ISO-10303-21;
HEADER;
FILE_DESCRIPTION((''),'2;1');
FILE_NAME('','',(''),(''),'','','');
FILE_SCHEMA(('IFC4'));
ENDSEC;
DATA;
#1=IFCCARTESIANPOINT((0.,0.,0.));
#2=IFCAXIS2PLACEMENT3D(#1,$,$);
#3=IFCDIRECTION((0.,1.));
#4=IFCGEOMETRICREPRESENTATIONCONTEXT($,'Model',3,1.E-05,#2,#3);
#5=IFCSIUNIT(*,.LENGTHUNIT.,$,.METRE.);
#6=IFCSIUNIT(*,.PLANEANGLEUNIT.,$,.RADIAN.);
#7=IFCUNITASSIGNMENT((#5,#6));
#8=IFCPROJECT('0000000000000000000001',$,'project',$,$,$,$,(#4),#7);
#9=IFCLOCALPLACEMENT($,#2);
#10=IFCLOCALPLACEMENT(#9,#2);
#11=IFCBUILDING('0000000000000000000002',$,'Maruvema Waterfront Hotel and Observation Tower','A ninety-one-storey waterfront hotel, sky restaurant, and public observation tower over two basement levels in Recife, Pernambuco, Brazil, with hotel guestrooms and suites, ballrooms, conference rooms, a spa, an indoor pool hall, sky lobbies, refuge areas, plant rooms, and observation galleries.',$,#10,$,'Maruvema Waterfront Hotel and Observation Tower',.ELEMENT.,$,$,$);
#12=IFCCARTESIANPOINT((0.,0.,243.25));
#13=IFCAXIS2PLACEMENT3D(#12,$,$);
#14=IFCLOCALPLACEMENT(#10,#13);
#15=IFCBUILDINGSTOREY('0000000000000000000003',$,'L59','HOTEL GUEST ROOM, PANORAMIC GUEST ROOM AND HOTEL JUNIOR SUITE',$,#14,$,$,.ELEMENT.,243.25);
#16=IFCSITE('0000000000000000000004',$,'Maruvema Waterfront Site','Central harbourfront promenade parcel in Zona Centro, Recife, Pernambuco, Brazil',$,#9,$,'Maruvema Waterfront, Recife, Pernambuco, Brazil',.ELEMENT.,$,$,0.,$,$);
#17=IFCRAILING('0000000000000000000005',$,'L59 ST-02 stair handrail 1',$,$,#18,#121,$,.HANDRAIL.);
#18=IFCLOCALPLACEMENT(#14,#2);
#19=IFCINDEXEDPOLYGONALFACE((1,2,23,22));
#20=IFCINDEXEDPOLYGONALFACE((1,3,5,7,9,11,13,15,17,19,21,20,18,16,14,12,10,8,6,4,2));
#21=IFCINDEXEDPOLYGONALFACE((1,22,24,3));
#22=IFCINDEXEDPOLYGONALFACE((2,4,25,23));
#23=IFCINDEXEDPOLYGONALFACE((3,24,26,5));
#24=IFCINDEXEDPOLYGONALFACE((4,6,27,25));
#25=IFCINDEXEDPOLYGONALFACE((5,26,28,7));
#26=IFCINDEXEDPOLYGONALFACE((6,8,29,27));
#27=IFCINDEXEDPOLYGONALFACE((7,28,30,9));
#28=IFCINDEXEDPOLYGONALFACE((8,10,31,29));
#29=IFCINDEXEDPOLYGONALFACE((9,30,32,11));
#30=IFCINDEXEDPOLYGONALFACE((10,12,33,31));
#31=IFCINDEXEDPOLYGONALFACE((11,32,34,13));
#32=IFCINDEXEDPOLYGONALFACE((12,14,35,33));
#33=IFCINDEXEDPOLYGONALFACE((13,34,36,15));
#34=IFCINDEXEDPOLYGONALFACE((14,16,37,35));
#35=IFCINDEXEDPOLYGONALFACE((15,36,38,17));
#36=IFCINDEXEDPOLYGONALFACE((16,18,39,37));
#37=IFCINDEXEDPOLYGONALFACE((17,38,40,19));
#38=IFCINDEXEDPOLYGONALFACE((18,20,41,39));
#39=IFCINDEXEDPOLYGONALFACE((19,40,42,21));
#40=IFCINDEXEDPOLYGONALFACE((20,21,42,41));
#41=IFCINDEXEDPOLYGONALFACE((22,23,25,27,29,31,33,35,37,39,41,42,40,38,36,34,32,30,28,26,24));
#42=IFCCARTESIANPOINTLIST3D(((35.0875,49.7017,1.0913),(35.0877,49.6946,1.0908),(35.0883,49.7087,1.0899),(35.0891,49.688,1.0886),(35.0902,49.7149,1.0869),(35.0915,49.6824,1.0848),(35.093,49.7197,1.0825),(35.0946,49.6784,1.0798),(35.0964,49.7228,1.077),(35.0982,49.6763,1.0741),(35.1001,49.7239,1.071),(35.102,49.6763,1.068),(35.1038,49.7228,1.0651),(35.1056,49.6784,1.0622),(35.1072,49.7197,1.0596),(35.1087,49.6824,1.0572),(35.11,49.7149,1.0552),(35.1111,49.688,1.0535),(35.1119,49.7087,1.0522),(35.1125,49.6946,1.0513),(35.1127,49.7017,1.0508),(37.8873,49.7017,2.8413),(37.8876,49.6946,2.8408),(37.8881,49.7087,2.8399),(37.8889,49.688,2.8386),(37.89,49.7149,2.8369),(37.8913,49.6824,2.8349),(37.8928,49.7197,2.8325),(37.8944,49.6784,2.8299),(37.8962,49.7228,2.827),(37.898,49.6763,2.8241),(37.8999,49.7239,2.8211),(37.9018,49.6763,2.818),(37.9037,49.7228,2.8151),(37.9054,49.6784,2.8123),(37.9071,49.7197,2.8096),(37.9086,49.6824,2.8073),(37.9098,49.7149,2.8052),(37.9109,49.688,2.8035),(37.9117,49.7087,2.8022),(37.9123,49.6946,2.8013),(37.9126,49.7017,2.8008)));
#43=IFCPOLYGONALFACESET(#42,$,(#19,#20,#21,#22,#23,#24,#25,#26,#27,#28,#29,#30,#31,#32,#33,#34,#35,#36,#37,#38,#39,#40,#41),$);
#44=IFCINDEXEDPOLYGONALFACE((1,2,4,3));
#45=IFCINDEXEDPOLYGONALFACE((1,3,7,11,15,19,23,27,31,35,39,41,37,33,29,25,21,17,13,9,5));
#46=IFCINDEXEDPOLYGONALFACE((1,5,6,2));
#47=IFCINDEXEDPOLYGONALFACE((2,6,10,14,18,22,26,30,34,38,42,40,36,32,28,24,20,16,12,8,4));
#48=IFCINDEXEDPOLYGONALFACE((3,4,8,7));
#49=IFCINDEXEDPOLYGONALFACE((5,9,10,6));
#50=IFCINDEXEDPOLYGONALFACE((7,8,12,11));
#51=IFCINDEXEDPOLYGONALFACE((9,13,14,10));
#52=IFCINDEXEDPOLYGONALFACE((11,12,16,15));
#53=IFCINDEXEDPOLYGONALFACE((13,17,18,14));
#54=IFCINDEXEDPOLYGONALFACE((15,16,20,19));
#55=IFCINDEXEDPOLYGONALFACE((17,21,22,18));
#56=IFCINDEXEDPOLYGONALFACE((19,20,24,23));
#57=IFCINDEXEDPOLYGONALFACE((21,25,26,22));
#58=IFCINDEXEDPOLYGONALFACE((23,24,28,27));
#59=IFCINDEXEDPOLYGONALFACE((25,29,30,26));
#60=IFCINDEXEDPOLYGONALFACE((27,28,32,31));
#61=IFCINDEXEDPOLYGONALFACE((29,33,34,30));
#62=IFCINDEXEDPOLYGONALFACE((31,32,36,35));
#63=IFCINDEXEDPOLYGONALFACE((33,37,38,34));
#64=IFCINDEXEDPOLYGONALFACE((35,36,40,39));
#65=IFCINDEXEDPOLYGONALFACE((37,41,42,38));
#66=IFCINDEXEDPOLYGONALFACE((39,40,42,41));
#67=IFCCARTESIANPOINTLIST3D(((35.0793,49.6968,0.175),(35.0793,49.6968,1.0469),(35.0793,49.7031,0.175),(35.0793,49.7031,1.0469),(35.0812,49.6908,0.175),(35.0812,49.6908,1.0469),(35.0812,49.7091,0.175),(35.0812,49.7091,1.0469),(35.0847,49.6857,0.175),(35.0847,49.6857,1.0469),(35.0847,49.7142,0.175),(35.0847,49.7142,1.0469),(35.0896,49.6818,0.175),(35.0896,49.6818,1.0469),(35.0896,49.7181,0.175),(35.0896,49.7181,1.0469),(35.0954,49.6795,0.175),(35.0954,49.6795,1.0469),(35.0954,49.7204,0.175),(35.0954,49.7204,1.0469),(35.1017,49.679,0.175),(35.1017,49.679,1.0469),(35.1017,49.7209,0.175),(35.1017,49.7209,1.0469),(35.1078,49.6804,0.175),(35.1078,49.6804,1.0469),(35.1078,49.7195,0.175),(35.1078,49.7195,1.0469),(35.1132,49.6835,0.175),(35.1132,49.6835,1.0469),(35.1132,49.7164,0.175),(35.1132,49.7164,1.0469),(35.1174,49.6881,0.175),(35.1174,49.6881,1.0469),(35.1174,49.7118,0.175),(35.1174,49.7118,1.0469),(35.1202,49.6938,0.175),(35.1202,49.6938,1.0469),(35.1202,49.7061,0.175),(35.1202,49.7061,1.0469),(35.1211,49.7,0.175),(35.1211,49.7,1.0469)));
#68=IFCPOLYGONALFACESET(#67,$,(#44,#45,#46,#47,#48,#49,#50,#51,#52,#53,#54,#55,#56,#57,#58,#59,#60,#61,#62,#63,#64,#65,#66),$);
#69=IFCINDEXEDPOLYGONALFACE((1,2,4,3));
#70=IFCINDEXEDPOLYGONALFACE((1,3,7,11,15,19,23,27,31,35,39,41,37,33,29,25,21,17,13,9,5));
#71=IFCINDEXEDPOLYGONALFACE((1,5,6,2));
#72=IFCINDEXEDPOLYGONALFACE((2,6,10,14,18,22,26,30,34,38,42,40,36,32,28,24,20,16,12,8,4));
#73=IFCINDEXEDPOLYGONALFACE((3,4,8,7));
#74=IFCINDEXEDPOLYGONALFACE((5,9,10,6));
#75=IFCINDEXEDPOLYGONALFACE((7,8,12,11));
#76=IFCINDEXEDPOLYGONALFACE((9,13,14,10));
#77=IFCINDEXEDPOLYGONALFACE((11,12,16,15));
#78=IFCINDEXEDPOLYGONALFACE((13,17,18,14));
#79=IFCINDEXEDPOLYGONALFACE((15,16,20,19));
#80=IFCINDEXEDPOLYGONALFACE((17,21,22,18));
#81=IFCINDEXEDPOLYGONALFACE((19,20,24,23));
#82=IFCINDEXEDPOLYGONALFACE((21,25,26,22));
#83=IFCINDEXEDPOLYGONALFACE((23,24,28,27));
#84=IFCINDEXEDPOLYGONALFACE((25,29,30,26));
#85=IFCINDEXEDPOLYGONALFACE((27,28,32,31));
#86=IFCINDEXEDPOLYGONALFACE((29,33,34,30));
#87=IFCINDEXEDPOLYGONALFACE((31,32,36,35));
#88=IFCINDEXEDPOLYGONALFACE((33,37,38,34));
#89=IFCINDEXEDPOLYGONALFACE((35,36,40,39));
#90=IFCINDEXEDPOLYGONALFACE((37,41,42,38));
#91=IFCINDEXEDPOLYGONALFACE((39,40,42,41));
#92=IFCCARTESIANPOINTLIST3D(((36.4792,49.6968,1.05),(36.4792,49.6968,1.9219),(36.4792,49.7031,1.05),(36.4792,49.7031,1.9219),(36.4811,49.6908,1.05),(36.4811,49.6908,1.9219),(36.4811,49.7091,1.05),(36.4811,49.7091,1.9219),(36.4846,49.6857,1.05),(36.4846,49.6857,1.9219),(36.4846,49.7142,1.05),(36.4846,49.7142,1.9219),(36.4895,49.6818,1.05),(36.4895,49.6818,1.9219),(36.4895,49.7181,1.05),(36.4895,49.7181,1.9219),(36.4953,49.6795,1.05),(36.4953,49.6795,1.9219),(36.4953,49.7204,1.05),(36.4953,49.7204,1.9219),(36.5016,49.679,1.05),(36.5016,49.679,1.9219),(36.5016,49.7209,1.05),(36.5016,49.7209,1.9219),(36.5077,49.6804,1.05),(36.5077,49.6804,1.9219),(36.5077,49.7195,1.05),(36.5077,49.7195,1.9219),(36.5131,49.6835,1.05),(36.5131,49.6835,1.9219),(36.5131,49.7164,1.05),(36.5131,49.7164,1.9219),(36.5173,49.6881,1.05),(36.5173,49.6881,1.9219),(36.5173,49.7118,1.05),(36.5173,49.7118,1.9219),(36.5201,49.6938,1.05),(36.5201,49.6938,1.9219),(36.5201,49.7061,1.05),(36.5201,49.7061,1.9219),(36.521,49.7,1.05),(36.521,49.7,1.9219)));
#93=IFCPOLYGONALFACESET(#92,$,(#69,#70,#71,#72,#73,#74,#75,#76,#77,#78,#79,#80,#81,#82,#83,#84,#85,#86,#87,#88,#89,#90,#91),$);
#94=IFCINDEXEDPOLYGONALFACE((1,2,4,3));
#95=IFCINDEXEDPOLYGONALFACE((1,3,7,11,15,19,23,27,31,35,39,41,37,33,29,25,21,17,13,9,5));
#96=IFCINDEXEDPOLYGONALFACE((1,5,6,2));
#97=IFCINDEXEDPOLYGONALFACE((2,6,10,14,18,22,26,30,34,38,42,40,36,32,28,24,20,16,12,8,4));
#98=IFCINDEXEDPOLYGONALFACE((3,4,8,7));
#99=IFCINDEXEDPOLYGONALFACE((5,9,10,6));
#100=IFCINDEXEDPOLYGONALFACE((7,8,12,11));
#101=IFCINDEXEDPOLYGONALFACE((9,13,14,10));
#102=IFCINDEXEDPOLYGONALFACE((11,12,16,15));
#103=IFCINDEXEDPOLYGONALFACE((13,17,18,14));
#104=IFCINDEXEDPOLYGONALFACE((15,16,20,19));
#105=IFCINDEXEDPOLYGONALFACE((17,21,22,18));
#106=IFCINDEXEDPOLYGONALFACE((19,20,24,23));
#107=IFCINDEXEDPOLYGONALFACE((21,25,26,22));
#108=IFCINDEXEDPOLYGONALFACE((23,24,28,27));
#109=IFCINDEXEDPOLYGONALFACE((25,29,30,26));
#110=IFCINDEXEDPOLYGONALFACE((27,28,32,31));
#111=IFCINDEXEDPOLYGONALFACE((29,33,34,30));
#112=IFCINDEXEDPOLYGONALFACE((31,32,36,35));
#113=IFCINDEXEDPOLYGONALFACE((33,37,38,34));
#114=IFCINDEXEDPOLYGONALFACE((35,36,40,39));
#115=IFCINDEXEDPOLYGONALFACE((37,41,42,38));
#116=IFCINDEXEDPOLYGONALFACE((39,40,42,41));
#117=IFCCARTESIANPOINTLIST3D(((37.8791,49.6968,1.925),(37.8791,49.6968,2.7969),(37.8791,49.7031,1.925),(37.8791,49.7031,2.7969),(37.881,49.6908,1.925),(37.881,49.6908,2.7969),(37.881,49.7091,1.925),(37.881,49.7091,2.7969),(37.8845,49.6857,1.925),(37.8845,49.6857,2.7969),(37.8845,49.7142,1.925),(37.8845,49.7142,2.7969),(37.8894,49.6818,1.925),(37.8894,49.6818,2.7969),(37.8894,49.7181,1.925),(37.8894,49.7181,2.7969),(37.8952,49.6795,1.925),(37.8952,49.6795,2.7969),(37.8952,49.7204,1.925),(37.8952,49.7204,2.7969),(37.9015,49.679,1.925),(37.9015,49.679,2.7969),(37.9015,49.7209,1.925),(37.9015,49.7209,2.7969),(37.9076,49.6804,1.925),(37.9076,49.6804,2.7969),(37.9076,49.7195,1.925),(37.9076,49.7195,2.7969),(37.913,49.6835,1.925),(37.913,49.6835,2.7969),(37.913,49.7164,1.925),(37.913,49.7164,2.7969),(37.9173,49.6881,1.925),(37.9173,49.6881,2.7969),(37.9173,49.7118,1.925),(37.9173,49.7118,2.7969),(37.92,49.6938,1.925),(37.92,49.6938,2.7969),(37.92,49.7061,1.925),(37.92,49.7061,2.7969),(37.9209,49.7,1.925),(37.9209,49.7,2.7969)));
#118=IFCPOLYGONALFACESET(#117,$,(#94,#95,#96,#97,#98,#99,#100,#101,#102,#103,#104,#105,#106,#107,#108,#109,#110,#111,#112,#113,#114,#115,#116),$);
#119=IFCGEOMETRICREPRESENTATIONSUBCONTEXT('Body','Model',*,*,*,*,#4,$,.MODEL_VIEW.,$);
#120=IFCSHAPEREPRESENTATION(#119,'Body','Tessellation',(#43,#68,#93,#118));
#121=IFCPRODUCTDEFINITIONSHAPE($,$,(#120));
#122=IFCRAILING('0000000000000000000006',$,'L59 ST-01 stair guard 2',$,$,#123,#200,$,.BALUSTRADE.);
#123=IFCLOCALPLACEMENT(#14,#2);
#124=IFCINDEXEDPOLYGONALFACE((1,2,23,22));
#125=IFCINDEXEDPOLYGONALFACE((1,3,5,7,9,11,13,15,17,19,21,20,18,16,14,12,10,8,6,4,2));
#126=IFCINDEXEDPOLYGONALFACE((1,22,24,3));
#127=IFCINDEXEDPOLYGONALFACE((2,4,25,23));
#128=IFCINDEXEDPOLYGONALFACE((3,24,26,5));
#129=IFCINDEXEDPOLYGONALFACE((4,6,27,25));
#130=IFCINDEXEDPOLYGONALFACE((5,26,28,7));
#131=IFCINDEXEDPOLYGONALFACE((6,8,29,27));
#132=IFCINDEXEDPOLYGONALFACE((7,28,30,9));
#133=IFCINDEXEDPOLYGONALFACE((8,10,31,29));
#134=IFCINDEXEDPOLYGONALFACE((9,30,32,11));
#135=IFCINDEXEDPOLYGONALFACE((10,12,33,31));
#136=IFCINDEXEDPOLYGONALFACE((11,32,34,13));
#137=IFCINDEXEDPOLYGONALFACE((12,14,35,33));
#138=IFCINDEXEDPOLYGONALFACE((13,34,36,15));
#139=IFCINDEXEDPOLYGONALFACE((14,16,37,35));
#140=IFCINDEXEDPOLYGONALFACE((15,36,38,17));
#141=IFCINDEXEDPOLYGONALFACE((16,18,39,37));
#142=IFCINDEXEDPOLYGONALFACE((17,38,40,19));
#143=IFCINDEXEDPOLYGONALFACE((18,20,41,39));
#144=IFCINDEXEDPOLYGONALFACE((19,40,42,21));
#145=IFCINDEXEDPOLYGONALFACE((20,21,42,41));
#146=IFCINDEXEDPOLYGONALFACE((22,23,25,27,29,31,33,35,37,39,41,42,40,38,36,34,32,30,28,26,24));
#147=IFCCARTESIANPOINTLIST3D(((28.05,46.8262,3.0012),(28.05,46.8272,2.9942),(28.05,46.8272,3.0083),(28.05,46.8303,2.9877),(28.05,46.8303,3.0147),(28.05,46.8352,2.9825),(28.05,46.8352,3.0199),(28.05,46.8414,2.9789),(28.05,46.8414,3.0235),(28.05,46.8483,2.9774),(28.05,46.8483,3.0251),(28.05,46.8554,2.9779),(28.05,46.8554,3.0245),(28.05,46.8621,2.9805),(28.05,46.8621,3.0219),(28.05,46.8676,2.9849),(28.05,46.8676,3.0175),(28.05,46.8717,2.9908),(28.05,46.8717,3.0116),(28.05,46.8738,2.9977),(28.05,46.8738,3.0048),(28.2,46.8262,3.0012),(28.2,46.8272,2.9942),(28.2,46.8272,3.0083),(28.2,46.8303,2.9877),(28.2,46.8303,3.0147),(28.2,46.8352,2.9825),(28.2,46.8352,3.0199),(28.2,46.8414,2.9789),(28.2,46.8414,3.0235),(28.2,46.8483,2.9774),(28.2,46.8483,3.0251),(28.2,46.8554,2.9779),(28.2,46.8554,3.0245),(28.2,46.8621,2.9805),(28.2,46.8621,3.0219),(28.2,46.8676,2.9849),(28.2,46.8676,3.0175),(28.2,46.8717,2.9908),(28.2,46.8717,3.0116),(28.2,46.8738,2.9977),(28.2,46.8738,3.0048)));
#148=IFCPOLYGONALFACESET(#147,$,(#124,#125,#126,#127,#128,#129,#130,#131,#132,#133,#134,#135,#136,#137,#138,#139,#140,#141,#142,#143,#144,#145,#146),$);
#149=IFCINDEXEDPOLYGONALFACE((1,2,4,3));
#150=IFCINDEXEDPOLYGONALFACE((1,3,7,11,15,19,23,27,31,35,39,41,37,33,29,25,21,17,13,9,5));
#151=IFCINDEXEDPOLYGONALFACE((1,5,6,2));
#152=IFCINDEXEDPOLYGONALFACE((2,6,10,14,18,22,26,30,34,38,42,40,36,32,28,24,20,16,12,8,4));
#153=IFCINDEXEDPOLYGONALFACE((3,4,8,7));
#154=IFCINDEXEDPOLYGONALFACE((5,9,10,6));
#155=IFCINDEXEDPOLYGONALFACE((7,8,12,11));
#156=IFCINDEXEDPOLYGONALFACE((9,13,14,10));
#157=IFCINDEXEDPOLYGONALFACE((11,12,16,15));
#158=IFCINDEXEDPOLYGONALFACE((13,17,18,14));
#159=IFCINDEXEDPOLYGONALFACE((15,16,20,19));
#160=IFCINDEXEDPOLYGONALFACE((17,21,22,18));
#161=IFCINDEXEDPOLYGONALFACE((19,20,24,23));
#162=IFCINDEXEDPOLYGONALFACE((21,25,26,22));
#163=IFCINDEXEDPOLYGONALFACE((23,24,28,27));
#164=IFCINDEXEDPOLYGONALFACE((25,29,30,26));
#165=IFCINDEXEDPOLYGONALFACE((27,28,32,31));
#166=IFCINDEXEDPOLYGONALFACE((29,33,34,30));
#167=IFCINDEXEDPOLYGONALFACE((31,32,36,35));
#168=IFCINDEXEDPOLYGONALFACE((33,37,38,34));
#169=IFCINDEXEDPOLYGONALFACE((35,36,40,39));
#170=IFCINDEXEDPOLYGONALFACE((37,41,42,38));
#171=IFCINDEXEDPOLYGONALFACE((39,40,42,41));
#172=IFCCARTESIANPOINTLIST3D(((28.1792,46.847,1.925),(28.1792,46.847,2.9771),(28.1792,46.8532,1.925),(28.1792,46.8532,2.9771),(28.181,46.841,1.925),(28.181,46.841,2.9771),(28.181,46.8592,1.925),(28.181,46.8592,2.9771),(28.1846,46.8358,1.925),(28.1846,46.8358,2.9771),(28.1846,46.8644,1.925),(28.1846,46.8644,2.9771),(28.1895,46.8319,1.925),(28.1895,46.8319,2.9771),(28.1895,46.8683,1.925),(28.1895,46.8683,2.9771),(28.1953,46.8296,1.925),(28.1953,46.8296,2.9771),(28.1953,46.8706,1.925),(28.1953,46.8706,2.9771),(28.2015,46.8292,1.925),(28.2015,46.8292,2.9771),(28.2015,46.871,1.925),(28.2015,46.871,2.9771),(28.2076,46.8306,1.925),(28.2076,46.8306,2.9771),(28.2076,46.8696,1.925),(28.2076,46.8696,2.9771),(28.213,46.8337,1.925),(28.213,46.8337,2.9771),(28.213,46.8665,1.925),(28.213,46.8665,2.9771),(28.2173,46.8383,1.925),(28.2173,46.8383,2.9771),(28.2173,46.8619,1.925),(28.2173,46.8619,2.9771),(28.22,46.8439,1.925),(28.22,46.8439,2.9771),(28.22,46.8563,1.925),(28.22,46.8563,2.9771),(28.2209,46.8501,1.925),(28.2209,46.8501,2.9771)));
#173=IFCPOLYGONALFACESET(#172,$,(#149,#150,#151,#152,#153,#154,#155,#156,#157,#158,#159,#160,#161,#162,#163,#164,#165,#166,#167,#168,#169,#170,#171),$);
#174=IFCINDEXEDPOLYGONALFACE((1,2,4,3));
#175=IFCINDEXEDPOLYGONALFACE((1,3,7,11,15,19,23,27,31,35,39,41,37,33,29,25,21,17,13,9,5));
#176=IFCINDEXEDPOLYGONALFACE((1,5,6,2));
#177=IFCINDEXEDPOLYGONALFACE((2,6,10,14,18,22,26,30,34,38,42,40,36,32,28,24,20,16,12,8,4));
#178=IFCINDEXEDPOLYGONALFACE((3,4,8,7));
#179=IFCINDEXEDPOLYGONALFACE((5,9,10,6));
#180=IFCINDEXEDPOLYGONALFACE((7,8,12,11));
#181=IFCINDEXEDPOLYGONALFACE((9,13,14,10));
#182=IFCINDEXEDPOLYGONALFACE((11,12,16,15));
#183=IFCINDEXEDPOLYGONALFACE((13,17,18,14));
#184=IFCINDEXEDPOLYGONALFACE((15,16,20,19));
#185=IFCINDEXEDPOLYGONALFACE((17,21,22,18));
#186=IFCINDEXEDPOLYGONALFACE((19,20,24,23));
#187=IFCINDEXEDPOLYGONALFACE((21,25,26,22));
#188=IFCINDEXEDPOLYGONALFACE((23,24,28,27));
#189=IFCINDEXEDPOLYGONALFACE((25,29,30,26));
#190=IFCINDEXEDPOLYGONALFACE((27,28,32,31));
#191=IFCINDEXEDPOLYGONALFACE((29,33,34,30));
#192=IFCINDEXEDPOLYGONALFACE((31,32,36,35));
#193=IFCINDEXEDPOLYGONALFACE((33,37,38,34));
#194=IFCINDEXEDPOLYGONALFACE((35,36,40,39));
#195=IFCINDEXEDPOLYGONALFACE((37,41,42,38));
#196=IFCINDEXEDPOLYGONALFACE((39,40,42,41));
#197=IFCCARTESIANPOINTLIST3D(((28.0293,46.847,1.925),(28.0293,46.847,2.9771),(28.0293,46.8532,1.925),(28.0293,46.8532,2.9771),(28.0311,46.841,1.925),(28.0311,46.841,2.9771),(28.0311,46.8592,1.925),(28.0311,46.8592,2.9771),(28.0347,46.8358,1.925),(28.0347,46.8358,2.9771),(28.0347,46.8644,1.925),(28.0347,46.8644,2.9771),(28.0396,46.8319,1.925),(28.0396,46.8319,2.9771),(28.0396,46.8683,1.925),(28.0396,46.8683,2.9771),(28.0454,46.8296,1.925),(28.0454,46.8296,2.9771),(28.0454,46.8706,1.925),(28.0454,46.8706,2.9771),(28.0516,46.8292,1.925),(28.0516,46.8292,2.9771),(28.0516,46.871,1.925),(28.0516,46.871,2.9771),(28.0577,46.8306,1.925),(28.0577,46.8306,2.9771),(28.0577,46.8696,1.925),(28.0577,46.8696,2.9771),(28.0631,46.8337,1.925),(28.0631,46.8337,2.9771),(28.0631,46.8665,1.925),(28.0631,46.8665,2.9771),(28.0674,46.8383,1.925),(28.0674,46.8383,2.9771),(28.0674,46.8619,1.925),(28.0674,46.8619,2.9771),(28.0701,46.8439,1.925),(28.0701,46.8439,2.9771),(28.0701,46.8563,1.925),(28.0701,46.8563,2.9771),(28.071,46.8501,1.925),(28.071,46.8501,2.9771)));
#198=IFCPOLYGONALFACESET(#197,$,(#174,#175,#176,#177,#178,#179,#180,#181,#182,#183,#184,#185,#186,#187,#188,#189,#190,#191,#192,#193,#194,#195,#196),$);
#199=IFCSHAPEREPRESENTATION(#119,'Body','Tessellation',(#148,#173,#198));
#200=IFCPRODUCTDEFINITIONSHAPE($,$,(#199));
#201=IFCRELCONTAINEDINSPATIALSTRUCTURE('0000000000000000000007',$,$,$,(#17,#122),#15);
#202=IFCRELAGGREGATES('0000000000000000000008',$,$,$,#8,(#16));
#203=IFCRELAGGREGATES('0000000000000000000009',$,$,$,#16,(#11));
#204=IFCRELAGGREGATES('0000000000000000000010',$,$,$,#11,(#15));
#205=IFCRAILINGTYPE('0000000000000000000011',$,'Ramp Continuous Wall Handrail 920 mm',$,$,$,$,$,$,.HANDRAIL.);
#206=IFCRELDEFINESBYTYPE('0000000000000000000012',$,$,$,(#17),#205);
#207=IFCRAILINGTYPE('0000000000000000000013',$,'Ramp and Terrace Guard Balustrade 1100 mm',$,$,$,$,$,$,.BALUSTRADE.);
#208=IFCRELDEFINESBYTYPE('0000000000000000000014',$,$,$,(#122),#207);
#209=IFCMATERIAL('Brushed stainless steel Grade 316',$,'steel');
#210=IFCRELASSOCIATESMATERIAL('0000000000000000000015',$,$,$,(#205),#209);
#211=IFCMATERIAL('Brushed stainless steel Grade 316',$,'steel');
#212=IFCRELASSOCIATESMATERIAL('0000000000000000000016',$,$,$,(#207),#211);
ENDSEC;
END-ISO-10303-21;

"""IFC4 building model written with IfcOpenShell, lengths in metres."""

from ifc_helpers import new_model, si_unit, direction, frame, origin, origin_2d, place, context, subcontext, project, spatial, circle, extrude, material, type_object, element, save


model = new_model("IFC4")

# Units and contexts
model_context = context("Model", 3, precision=1e-05, world=origin(), true_north=direction((0.0, 1.0)))
body_context = subcontext(model_context, "Body", "Model", "MODEL_VIEW")
ifc_project = project(units=[si_unit("LENGTHUNIT", "METRE"), si_unit("PLANEANGLEUNIT", "RADIAN")], contexts=[model_context])

# Site, building, storey
site_placement = place(None, origin())
site = spatial("IfcSite", under=ifc_project, at=site_placement, Name="Maruvema Waterfront Site", Description="Central harbourfront promenade parcel in Zona Centro, Recife, Pernambuco, Brazil", LongName="Maruvema Waterfront, Recife, Pernambuco, Brazil", CompositionType="ELEMENT", RefElevation=0.0)
building_placement = place(site_placement, origin())
building = spatial("IfcBuilding", under=site, at=building_placement, Name="Maruvema Waterfront Hotel and Observation Tower", Description="A ninety-one-storey waterfront hotel, sky restaurant, and public observation tower over two basement levels in Recife, Pernambuco, Brazil, with hotel guestrooms and suites, ballrooms, conference rooms, a spa, an indoor pool hall, sky lobbies, refuge areas, plant rooms, and observation galleries.", LongName="Maruvema Waterfront Hotel and Observation Tower", CompositionType="ELEMENT")
storey_placement = place(building_placement, frame((0.0, 0.0, 243.25)))
storey = spatial("IfcBuildingStorey", under=building, at=storey_placement, Name="L59", Description="HOTEL GUEST ROOM, PANORAMIC GUEST ROOM AND HOTEL JUNIOR SUITE", CompositionType="ELEMENT", Elevation=243.25)

# Railings
ifc_material_1 = material(Name="Brushed stainless steel Grade 316", Category="steel")
railing_type_1 = type_object("IfcRailingType", Name="Ramp Continuous Wall Handrail 920 mm", PredefinedType="HANDRAIL", material=ifc_material_1)
railing_1_placement = place(storey_placement, frame((35.1001, 49.7, 0.175)))
element("IfcRailing", 1, at=railing_1_placement, inside=storey, type_object=railing_type_1, Name="L59 ST-02 stair handrail 1", PredefinedType="HANDRAIL", context=body_context, shape_type="SweptSolid", body=[
    extrude(circle(Radius=0.0239, at=origin_2d()), frame((0.0, 0.0, 0.896), z_axis=(0.847982, 0.0, 0.530026), x_axis=(0.0, 1.0, 0.0)), (0.0, 0.0, 1.0), 3.3018),
    extrude(circle(Radius=0.021, at=origin_2d()), origin(), (0.0, 0.0, 1.0), 0.8718),
    extrude(circle(Radius=0.021, at=origin_2d()), frame((1.3999, 0.0, 0.875)), (0.0, 0.0, 1.0), 0.8718),
    extrude(circle(Radius=0.021, at=origin_2d()), frame((2.7998, 0.0, 1.75)), (0.0, 0.0, 1.0), 0.8718),
])
ifc_material_2 = material(Name="Brushed stainless steel Grade 316", Category="steel")
railing_type_2 = type_object("IfcRailingType", Name="Ramp and Terrace Guard Balustrade 1100 mm", PredefinedType="BALUSTRADE", material=ifc_material_2)
railing_2_placement = place(storey_placement, frame((28.2, 46.8501, 1.925)))
element("IfcRailing", 2, at=railing_2_placement, inside=storey, type_object=railing_type_2, Name="L59 ST-01 stair guard 2", PredefinedType="BALUSTRADE", context=body_context, shape_type="SweptSolid", body=[
    extrude(circle(Radius=0.0239, at=origin_2d()), frame((0.0, 0.0, 1.0762), z_axis=(-1.0, 0.0, 0.0), x_axis=(0.0, -1.0, 0.0)), (0.0, 0.0, 1.0), 0.1499),
    extrude(circle(Radius=0.021, at=origin_2d()), origin(), (0.0, 0.0, 1.0), 1.052),
    extrude(circle(Radius=0.021, at=origin_2d()), frame((-0.1499, 0.0, 0.0)), (0.0, 0.0, 1.0), 1.052),
])

save(model, "model.ifc")
